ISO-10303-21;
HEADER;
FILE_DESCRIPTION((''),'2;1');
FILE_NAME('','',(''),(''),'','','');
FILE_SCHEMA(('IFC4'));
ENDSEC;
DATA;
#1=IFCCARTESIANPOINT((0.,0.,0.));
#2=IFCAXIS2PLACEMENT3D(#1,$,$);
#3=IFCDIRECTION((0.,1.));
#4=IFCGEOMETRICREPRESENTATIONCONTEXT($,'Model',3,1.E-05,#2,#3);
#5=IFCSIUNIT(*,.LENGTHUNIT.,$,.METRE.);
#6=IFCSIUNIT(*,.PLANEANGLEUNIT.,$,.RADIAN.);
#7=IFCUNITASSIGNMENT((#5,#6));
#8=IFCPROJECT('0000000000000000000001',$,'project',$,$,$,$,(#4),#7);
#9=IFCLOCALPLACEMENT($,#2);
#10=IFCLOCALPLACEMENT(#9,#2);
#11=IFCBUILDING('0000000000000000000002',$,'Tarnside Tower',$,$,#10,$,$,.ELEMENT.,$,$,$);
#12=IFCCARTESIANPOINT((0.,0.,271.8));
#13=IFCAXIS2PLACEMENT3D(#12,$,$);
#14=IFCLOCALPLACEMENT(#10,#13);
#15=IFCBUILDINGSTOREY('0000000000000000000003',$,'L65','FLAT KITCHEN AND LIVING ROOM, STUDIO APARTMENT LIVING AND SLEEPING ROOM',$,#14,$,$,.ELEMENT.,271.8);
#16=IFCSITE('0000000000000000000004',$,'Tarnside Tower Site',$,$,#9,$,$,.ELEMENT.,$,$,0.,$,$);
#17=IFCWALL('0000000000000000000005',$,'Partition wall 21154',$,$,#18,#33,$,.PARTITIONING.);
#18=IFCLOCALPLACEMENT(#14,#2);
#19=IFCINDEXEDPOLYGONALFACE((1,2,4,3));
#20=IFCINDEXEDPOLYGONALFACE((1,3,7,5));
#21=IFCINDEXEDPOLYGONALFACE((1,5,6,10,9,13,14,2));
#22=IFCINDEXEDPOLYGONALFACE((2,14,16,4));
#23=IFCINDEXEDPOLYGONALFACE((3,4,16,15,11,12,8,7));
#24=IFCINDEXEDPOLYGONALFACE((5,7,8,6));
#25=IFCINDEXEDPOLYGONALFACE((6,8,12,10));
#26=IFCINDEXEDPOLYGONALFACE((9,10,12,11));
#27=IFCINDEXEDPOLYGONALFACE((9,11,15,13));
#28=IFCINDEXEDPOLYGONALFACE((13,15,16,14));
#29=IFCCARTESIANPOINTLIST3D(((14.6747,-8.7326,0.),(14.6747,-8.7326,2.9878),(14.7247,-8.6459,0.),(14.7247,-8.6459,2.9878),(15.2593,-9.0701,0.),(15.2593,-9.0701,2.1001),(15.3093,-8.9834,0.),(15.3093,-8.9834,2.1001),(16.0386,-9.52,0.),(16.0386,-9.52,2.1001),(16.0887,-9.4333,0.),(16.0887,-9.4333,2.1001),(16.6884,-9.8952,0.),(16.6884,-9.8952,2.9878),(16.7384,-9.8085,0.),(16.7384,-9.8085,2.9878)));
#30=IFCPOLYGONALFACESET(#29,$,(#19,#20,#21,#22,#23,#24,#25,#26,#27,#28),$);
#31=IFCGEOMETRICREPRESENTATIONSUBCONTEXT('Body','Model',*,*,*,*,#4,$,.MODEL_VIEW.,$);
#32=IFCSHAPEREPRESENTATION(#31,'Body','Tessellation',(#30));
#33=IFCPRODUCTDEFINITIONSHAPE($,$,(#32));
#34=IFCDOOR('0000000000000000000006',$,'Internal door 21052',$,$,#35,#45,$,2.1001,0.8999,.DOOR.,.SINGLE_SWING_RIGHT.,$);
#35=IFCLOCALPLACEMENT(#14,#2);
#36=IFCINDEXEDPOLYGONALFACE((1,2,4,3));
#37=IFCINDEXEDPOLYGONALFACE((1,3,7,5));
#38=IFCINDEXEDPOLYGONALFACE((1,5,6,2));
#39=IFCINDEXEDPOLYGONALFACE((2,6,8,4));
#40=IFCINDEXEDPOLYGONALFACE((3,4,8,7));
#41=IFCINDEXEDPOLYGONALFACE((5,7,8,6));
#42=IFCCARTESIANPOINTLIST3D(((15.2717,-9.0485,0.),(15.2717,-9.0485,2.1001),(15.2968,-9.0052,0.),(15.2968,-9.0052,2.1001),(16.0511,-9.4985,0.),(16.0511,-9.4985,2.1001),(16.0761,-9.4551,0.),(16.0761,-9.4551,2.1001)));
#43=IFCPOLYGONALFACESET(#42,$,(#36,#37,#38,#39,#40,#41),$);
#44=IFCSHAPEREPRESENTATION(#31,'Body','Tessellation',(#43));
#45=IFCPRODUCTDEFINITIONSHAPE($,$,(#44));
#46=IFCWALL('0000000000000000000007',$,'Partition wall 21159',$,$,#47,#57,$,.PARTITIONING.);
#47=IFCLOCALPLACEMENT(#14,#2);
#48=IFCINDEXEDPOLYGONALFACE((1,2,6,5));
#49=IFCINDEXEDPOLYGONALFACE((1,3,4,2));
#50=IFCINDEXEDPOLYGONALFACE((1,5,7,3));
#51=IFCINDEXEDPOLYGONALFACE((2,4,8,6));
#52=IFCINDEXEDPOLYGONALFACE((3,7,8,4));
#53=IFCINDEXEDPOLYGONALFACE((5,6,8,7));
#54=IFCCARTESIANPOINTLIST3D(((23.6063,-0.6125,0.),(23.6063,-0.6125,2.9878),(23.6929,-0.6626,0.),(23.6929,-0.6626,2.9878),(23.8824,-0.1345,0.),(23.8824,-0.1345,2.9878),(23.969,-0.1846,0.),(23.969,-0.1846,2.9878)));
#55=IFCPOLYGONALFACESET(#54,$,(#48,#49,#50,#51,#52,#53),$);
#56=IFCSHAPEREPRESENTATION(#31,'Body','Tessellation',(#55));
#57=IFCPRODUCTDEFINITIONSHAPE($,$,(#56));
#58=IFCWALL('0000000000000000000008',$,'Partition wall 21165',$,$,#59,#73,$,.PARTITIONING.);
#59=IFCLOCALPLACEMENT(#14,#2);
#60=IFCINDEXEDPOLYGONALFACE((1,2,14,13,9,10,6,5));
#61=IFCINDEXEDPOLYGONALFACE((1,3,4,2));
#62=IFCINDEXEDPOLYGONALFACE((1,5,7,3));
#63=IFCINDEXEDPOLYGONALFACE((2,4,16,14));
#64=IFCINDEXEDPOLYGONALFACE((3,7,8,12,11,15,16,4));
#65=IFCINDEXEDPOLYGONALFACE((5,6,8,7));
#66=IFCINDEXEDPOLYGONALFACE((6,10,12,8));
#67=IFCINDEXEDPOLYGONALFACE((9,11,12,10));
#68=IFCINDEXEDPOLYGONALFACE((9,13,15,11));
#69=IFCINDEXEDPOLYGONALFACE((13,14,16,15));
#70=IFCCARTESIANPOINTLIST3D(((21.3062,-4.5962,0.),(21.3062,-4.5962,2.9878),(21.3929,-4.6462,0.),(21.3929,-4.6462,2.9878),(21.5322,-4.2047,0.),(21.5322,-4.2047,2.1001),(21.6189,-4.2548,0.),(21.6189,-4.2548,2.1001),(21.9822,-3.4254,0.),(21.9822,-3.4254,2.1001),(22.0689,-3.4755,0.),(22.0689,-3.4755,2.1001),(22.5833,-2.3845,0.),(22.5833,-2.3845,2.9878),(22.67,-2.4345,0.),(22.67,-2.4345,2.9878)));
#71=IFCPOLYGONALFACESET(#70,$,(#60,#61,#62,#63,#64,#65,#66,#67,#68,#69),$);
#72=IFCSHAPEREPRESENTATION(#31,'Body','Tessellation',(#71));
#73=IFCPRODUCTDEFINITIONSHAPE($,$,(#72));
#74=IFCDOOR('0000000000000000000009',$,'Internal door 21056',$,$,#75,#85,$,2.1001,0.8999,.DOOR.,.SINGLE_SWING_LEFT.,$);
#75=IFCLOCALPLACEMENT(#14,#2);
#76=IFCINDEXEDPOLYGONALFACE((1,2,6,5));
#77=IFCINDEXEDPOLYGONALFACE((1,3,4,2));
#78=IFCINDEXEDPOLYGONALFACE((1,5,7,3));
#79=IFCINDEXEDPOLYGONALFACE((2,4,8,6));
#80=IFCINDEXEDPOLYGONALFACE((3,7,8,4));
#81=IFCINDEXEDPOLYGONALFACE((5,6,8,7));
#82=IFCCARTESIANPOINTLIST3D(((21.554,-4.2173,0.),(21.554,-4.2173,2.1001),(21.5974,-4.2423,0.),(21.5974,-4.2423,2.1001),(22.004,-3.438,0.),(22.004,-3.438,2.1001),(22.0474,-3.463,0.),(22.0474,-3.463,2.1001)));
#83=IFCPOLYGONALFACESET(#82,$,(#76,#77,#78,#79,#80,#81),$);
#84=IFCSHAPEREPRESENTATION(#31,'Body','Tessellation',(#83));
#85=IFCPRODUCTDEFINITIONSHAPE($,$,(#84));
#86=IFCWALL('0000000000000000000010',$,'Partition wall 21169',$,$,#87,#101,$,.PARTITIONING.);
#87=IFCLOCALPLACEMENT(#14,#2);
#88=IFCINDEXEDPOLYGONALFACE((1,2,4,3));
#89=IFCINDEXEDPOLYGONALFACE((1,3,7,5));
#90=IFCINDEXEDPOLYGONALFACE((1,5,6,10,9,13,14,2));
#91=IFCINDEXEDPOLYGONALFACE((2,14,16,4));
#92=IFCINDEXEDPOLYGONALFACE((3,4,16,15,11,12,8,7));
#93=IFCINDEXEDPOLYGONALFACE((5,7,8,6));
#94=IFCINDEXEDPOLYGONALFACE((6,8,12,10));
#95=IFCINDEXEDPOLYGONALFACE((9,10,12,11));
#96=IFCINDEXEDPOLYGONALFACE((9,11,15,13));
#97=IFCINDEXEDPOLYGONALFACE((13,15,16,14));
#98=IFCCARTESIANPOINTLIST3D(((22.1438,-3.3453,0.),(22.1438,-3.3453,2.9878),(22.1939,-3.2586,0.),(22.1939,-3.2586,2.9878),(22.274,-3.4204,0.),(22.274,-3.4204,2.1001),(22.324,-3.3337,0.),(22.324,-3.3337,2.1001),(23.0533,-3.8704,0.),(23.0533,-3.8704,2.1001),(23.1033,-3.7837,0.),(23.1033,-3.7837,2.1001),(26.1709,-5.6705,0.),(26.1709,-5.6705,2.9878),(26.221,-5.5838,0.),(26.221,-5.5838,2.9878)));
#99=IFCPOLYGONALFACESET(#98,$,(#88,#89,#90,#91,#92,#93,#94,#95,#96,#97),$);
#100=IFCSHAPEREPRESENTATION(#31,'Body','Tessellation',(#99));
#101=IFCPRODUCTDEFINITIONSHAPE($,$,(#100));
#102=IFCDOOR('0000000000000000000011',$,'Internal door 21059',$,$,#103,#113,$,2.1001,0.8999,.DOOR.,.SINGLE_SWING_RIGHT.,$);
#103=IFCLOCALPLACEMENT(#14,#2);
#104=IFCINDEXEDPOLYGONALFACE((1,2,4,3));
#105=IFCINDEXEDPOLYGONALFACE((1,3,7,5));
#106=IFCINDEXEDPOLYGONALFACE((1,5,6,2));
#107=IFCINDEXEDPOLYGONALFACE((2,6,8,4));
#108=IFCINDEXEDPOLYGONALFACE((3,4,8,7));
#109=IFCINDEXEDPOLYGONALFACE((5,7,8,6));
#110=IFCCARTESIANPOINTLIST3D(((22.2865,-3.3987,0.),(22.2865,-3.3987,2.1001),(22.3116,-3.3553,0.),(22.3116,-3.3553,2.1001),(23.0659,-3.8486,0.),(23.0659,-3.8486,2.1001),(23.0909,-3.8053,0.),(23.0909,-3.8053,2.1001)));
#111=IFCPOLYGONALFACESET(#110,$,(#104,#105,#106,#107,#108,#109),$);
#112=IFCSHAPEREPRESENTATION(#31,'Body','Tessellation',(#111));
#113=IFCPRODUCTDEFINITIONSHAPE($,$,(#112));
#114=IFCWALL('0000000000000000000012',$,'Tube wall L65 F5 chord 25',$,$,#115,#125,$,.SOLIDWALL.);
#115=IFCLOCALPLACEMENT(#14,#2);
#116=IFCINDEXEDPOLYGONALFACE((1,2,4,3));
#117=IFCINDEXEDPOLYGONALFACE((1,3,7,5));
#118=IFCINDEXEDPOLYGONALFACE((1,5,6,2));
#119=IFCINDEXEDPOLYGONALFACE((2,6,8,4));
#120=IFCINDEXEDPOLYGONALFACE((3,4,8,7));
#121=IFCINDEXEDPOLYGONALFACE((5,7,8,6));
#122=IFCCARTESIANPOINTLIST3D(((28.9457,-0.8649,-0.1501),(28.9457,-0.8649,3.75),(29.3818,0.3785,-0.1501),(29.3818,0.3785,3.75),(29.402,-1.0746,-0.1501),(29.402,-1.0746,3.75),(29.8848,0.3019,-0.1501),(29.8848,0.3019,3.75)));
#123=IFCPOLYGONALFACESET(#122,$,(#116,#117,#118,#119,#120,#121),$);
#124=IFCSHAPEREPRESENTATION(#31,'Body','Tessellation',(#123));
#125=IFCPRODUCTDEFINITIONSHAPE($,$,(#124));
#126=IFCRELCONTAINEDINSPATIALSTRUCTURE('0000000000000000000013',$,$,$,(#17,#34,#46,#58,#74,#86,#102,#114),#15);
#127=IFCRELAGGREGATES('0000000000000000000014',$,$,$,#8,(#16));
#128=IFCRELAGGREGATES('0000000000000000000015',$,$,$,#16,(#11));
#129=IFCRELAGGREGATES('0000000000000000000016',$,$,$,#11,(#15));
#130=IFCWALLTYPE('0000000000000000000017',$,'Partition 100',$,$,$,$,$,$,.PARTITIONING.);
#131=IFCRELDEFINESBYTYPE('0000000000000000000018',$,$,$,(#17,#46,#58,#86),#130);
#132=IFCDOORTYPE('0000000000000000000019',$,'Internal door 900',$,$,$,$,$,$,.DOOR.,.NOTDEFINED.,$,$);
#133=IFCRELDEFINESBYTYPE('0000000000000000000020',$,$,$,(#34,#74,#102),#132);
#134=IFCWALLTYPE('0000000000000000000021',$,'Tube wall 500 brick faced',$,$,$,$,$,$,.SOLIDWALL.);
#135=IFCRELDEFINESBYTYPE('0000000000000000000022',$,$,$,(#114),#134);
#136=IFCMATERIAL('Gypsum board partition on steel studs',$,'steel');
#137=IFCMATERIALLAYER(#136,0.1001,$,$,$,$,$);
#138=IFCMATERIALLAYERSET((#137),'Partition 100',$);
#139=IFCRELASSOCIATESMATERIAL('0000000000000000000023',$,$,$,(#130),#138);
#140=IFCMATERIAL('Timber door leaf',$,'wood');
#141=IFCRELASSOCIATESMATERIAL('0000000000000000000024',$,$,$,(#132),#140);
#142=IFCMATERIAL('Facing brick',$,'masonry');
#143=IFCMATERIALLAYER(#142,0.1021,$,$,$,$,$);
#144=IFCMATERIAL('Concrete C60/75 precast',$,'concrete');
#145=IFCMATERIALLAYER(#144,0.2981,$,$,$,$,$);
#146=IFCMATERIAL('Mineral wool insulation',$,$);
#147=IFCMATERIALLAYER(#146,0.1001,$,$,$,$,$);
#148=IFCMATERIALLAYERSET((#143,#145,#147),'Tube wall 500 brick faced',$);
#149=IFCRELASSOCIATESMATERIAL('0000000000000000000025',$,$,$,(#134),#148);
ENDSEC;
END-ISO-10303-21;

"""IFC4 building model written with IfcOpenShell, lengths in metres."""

from ifc_helpers import new_model, si_unit, direction, frame, frame_2d, origin, place, context, subcontext, project, spatial, polyline, rectangle, outline, extrude, material, layer, layer_set, type_object, element, fill, save


model = new_model("IFC4")

# Units and contexts
model_context = context("Model", 3, precision=1e-05, world=origin(), true_north=direction((0.0, 1.0)))
body_context = subcontext(model_context, "Body", "Model", "MODEL_VIEW")
ifc_project = project(units=[si_unit("LENGTHUNIT", "METRE"), si_unit("PLANEANGLEUNIT", "RADIAN")], contexts=[model_context])

# Site, building, storey
site_placement = place(None, origin())
site = spatial("IfcSite", under=ifc_project, at=site_placement, Name="Tarnside Tower Site", CompositionType="ELEMENT", RefElevation=0.0)
building_placement = place(site_placement, origin())
building = spatial("IfcBuilding", under=site, at=building_placement, Name="Tarnside Tower", CompositionType="ELEMENT")
storey_placement = place(building_placement, frame((0.0, 0.0, 271.8)))
storey = spatial("IfcBuildingStorey", under=building, at=storey_placement, Name="L65", Description="FLAT KITCHEN AND LIVING ROOM, STUDIO APARTMENT LIVING AND SLEEPING ROOM", CompositionType="ELEMENT", Elevation=271.8)

# Shared definitions
ifc_material_1 = material(Name="Gypsum board partition on steel studs", Category="steel")

# Shared definitions
ifc_material_2 = material(Name="Timber door leaf", Category="wood")

# Wall, opening, door
ifc_layer_1 = layer(ifc_material_1, 0.1001)
ifc_layer_set_1 = layer_set([ifc_layer_1], Name="Partition 100")
wall_type_1 = type_object("IfcWallType", Name="Partition 100", PredefinedType="PARTITIONING", material=ifc_layer_set_1)
wall_1_placement = place(storey_placement, frame((14.6997, -8.6892, 0.0), z_axis=(0.0, 0.0, 1.0), x_axis=(0.866025, -0.500001, 0.0)))
wall_1 = element("IfcWall", 1, at=wall_1_placement, inside=storey, type_object=wall_type_1, Name="Partition wall 21154", PredefinedType="PARTITIONING", context=body_context, shape_type="SweptSolid", body=[
    extrude(rectangle(XDim=2.3252, YDim=0.1001, at=frame_2d((1.1626, 0.0))), origin(), (0.0, 0.0, 1.0), 2.9878),
])
opening_1_placement = place(wall_1_placement, frame((0.675, 0.0, 0.0)))
opening_1 = element("IfcOpeningElement", 2, at=opening_1_placement, cuts=wall_1, PredefinedType="OPENING", context=body_context, shape_type="SweptSolid", body=[
    extrude(rectangle(XDim=0.8999, YDim=2.1001, at=frame_2d((0.45, 1.05))), frame((0.0, 0.0601, 0.0), z_axis=(0.0, -1.0, 0.0), x_axis=(1.0, 0.0, 0.0)), (0.0, 0.0, 1.0), 0.1201),
])
door_type_1 = type_object("IfcDoorType", Name="Internal door 900", OperationType="NOTDEFINED", PredefinedType="DOOR", material=ifc_material_2)
door_1_placement = place(opening_1_placement, origin())
door_1 = element("IfcDoor", 3, at=door_1_placement, inside=storey, type_object=door_type_1, Name="Internal door 21052", OperationType="SINGLE_SWING_RIGHT", OverallHeight=2.1001, OverallWidth=0.8999, PredefinedType="DOOR", context=body_context, shape_type="SweptSolid", body=[
    extrude(rectangle(XDim=0.8999, YDim=2.1001, at=frame_2d((0.45, 1.05))), frame((0.0, 0.0249, 0.0), z_axis=(0.0, -1.0, 0.0), x_axis=(1.0, 0.0, 0.0)), (0.0, 0.0, 1.0), 0.05),
])
fill(opening_1, door_1)

# Wall
wall_2_placement = place(storey_placement, frame((23.6497, -0.6375, 0.0), z_axis=(0.0, 0.0, 1.0), x_axis=(0.500182, 0.86592, 0.0)))
element("IfcWall", 4, at=wall_2_placement, inside=storey, type_object=wall_type_1, Name="Partition wall 21159", PredefinedType="PARTITIONING", context=body_context, shape_type="SweptSolid", body=[
    extrude(rectangle(XDim=0.552, YDim=0.1001, at=frame_2d((0.2759, 0.0))), origin(), (0.0, 0.0, 1.0), 2.9878),
])

# Walls, openings, doors
wall_3_placement = place(storey_placement, frame((21.3496, -4.6211, 0.0), z_axis=(0.0, 0.0, 1.0), x_axis=(0.500056, 0.865993, 0.0)))
wall_3 = element("IfcWall", 5, at=wall_3_placement, inside=storey, type_object=wall_type_1, Name="Partition wall 21165", PredefinedType="PARTITIONING", context=body_context, shape_type="SweptSolid", body=[
    extrude(rectangle(XDim=2.554, YDim=0.1001, at=frame_2d((1.2769, 0.0))), origin(), (0.0, 0.0, 1.0), 2.9878),
])
opening_2_placement = place(wall_3_placement, frame((0.4519, 0.0, 0.0)))
opening_2 = element("IfcOpeningElement", 6, at=opening_2_placement, cuts=wall_3, PredefinedType="OPENING", context=body_context, shape_type="SweptSolid", body=[
    extrude(rectangle(XDim=0.8999, YDim=2.1001, at=frame_2d((0.45, 1.05))), frame((0.0, 0.0601, 0.0), z_axis=(0.0, -1.0, 0.0), x_axis=(1.0, 0.0, 0.0)), (0.0, 0.0, 1.0), 0.1201),
])
door_2_placement = place(opening_2_placement, origin())
door_2 = element("IfcDoor", 7, at=door_2_placement, inside=storey, type_object=door_type_1, Name="Internal door 21056", OperationType="SINGLE_SWING_LEFT", OverallHeight=2.1001, OverallWidth=0.8999, PredefinedType="DOOR", context=body_context, shape_type="SweptSolid", body=[
    extrude(rectangle(XDim=0.8999, YDim=2.1001, at=frame_2d((0.45, 1.05))), frame((0.0, 0.0249, 0.0), z_axis=(0.0, -1.0, 0.0), x_axis=(1.0, 0.0, 0.0)), (0.0, 0.0, 1.0), 0.05),
])
fill(opening_2, door_2)
wall_4_placement = place(storey_placement, frame((26.196, -5.6272, 0.0), z_axis=(0.0, 0.0, 1.0), x_axis=(-0.866012, 0.500024, 0.0)))
wall_4 = element("IfcWall", 8, at=wall_4_placement, inside=storey, type_object=wall_type_1, Name="Partition wall 21169", PredefinedType="PARTITIONING", context=body_context, shape_type="SweptSolid", body=[
    extrude(rectangle(XDim=4.6501, YDim=0.1001, at=frame_2d((2.3252, 0.0))), origin(), (0.0, 0.0, 1.0), 2.9878),
])
opening_3_placement = place(wall_4_placement, frame((3.6001, 0.0, 0.0)))
opening_3 = element("IfcOpeningElement", 9, at=opening_3_placement, cuts=wall_4, PredefinedType="OPENING", context=body_context, shape_type="SweptSolid", body=[
    extrude(rectangle(XDim=0.8999, YDim=2.1001, at=frame_2d((0.45, 1.05))), frame((0.0, 0.0601, 0.0), z_axis=(0.0, -1.0, 0.0), x_axis=(1.0, 0.0, 0.0)), (0.0, 0.0, 1.0), 0.1201),
])
door_3_placement = place(opening_3_placement, origin())
door_3 = element("IfcDoor", 10, at=door_3_placement, inside=storey, type_object=door_type_1, Name="Internal door 21059", OperationType="SINGLE_SWING_RIGHT", OverallHeight=2.1001, OverallWidth=0.8999, PredefinedType="DOOR", context=body_context, shape_type="SweptSolid", body=[
    extrude(rectangle(XDim=0.8999, YDim=2.1001, at=frame_2d((0.45, 1.05))), frame((0.0, 0.0249, 0.0), z_axis=(0.0, -1.0, 0.0), x_axis=(1.0, 0.0, 0.0)), (0.0, 0.0, 1.0), 0.05),
])
fill(opening_3, door_3)

# Wall
ifc_material_3 = material(Name="Facing brick", Category="masonry")
ifc_layer_2 = layer(ifc_material_3, 0.1021)
ifc_material_4 = material(Name="Concrete C60/75 precast", Category="concrete")
ifc_layer_3 = layer(ifc_material_4, 0.2981)
ifc_material_5 = material(Name="Mineral wool insulation")
ifc_layer_4 = layer(ifc_material_5, 0.1001)
ifc_layer_set_2 = layer_set([ifc_layer_2, ifc_layer_3, ifc_layer_4], Name="Tube wall 500 brick faced")
wall_type_2 = type_object("IfcWallType", Name="Tube wall 500 brick faced", PredefinedType="SOLIDWALL", material=ifc_layer_set_2)
wall_5_placement = place(storey_placement, frame((29.1738, -0.9697, -0.1501), z_axis=(0.0, 0.0, 1.0), x_axis=(0.330961, 0.943644, 0.0)))
element("IfcWall", 11, at=wall_5_placement, inside=storey, type_object=wall_type_2, Name="Tube wall L65 F5 chord 25", PredefinedType="SOLIDWALL", context=body_context, shape_type="SweptSolid", body=[
    extrude(outline(polyline([(-0.0234, -0.25), (1.4353, -0.25), (1.3411, 0.25), (0.0234, 0.25), (-0.0234, -0.25)])), origin(), (0.0, 0.0, 1.0), 3.9001),
])

save(model, "model.ifc")
